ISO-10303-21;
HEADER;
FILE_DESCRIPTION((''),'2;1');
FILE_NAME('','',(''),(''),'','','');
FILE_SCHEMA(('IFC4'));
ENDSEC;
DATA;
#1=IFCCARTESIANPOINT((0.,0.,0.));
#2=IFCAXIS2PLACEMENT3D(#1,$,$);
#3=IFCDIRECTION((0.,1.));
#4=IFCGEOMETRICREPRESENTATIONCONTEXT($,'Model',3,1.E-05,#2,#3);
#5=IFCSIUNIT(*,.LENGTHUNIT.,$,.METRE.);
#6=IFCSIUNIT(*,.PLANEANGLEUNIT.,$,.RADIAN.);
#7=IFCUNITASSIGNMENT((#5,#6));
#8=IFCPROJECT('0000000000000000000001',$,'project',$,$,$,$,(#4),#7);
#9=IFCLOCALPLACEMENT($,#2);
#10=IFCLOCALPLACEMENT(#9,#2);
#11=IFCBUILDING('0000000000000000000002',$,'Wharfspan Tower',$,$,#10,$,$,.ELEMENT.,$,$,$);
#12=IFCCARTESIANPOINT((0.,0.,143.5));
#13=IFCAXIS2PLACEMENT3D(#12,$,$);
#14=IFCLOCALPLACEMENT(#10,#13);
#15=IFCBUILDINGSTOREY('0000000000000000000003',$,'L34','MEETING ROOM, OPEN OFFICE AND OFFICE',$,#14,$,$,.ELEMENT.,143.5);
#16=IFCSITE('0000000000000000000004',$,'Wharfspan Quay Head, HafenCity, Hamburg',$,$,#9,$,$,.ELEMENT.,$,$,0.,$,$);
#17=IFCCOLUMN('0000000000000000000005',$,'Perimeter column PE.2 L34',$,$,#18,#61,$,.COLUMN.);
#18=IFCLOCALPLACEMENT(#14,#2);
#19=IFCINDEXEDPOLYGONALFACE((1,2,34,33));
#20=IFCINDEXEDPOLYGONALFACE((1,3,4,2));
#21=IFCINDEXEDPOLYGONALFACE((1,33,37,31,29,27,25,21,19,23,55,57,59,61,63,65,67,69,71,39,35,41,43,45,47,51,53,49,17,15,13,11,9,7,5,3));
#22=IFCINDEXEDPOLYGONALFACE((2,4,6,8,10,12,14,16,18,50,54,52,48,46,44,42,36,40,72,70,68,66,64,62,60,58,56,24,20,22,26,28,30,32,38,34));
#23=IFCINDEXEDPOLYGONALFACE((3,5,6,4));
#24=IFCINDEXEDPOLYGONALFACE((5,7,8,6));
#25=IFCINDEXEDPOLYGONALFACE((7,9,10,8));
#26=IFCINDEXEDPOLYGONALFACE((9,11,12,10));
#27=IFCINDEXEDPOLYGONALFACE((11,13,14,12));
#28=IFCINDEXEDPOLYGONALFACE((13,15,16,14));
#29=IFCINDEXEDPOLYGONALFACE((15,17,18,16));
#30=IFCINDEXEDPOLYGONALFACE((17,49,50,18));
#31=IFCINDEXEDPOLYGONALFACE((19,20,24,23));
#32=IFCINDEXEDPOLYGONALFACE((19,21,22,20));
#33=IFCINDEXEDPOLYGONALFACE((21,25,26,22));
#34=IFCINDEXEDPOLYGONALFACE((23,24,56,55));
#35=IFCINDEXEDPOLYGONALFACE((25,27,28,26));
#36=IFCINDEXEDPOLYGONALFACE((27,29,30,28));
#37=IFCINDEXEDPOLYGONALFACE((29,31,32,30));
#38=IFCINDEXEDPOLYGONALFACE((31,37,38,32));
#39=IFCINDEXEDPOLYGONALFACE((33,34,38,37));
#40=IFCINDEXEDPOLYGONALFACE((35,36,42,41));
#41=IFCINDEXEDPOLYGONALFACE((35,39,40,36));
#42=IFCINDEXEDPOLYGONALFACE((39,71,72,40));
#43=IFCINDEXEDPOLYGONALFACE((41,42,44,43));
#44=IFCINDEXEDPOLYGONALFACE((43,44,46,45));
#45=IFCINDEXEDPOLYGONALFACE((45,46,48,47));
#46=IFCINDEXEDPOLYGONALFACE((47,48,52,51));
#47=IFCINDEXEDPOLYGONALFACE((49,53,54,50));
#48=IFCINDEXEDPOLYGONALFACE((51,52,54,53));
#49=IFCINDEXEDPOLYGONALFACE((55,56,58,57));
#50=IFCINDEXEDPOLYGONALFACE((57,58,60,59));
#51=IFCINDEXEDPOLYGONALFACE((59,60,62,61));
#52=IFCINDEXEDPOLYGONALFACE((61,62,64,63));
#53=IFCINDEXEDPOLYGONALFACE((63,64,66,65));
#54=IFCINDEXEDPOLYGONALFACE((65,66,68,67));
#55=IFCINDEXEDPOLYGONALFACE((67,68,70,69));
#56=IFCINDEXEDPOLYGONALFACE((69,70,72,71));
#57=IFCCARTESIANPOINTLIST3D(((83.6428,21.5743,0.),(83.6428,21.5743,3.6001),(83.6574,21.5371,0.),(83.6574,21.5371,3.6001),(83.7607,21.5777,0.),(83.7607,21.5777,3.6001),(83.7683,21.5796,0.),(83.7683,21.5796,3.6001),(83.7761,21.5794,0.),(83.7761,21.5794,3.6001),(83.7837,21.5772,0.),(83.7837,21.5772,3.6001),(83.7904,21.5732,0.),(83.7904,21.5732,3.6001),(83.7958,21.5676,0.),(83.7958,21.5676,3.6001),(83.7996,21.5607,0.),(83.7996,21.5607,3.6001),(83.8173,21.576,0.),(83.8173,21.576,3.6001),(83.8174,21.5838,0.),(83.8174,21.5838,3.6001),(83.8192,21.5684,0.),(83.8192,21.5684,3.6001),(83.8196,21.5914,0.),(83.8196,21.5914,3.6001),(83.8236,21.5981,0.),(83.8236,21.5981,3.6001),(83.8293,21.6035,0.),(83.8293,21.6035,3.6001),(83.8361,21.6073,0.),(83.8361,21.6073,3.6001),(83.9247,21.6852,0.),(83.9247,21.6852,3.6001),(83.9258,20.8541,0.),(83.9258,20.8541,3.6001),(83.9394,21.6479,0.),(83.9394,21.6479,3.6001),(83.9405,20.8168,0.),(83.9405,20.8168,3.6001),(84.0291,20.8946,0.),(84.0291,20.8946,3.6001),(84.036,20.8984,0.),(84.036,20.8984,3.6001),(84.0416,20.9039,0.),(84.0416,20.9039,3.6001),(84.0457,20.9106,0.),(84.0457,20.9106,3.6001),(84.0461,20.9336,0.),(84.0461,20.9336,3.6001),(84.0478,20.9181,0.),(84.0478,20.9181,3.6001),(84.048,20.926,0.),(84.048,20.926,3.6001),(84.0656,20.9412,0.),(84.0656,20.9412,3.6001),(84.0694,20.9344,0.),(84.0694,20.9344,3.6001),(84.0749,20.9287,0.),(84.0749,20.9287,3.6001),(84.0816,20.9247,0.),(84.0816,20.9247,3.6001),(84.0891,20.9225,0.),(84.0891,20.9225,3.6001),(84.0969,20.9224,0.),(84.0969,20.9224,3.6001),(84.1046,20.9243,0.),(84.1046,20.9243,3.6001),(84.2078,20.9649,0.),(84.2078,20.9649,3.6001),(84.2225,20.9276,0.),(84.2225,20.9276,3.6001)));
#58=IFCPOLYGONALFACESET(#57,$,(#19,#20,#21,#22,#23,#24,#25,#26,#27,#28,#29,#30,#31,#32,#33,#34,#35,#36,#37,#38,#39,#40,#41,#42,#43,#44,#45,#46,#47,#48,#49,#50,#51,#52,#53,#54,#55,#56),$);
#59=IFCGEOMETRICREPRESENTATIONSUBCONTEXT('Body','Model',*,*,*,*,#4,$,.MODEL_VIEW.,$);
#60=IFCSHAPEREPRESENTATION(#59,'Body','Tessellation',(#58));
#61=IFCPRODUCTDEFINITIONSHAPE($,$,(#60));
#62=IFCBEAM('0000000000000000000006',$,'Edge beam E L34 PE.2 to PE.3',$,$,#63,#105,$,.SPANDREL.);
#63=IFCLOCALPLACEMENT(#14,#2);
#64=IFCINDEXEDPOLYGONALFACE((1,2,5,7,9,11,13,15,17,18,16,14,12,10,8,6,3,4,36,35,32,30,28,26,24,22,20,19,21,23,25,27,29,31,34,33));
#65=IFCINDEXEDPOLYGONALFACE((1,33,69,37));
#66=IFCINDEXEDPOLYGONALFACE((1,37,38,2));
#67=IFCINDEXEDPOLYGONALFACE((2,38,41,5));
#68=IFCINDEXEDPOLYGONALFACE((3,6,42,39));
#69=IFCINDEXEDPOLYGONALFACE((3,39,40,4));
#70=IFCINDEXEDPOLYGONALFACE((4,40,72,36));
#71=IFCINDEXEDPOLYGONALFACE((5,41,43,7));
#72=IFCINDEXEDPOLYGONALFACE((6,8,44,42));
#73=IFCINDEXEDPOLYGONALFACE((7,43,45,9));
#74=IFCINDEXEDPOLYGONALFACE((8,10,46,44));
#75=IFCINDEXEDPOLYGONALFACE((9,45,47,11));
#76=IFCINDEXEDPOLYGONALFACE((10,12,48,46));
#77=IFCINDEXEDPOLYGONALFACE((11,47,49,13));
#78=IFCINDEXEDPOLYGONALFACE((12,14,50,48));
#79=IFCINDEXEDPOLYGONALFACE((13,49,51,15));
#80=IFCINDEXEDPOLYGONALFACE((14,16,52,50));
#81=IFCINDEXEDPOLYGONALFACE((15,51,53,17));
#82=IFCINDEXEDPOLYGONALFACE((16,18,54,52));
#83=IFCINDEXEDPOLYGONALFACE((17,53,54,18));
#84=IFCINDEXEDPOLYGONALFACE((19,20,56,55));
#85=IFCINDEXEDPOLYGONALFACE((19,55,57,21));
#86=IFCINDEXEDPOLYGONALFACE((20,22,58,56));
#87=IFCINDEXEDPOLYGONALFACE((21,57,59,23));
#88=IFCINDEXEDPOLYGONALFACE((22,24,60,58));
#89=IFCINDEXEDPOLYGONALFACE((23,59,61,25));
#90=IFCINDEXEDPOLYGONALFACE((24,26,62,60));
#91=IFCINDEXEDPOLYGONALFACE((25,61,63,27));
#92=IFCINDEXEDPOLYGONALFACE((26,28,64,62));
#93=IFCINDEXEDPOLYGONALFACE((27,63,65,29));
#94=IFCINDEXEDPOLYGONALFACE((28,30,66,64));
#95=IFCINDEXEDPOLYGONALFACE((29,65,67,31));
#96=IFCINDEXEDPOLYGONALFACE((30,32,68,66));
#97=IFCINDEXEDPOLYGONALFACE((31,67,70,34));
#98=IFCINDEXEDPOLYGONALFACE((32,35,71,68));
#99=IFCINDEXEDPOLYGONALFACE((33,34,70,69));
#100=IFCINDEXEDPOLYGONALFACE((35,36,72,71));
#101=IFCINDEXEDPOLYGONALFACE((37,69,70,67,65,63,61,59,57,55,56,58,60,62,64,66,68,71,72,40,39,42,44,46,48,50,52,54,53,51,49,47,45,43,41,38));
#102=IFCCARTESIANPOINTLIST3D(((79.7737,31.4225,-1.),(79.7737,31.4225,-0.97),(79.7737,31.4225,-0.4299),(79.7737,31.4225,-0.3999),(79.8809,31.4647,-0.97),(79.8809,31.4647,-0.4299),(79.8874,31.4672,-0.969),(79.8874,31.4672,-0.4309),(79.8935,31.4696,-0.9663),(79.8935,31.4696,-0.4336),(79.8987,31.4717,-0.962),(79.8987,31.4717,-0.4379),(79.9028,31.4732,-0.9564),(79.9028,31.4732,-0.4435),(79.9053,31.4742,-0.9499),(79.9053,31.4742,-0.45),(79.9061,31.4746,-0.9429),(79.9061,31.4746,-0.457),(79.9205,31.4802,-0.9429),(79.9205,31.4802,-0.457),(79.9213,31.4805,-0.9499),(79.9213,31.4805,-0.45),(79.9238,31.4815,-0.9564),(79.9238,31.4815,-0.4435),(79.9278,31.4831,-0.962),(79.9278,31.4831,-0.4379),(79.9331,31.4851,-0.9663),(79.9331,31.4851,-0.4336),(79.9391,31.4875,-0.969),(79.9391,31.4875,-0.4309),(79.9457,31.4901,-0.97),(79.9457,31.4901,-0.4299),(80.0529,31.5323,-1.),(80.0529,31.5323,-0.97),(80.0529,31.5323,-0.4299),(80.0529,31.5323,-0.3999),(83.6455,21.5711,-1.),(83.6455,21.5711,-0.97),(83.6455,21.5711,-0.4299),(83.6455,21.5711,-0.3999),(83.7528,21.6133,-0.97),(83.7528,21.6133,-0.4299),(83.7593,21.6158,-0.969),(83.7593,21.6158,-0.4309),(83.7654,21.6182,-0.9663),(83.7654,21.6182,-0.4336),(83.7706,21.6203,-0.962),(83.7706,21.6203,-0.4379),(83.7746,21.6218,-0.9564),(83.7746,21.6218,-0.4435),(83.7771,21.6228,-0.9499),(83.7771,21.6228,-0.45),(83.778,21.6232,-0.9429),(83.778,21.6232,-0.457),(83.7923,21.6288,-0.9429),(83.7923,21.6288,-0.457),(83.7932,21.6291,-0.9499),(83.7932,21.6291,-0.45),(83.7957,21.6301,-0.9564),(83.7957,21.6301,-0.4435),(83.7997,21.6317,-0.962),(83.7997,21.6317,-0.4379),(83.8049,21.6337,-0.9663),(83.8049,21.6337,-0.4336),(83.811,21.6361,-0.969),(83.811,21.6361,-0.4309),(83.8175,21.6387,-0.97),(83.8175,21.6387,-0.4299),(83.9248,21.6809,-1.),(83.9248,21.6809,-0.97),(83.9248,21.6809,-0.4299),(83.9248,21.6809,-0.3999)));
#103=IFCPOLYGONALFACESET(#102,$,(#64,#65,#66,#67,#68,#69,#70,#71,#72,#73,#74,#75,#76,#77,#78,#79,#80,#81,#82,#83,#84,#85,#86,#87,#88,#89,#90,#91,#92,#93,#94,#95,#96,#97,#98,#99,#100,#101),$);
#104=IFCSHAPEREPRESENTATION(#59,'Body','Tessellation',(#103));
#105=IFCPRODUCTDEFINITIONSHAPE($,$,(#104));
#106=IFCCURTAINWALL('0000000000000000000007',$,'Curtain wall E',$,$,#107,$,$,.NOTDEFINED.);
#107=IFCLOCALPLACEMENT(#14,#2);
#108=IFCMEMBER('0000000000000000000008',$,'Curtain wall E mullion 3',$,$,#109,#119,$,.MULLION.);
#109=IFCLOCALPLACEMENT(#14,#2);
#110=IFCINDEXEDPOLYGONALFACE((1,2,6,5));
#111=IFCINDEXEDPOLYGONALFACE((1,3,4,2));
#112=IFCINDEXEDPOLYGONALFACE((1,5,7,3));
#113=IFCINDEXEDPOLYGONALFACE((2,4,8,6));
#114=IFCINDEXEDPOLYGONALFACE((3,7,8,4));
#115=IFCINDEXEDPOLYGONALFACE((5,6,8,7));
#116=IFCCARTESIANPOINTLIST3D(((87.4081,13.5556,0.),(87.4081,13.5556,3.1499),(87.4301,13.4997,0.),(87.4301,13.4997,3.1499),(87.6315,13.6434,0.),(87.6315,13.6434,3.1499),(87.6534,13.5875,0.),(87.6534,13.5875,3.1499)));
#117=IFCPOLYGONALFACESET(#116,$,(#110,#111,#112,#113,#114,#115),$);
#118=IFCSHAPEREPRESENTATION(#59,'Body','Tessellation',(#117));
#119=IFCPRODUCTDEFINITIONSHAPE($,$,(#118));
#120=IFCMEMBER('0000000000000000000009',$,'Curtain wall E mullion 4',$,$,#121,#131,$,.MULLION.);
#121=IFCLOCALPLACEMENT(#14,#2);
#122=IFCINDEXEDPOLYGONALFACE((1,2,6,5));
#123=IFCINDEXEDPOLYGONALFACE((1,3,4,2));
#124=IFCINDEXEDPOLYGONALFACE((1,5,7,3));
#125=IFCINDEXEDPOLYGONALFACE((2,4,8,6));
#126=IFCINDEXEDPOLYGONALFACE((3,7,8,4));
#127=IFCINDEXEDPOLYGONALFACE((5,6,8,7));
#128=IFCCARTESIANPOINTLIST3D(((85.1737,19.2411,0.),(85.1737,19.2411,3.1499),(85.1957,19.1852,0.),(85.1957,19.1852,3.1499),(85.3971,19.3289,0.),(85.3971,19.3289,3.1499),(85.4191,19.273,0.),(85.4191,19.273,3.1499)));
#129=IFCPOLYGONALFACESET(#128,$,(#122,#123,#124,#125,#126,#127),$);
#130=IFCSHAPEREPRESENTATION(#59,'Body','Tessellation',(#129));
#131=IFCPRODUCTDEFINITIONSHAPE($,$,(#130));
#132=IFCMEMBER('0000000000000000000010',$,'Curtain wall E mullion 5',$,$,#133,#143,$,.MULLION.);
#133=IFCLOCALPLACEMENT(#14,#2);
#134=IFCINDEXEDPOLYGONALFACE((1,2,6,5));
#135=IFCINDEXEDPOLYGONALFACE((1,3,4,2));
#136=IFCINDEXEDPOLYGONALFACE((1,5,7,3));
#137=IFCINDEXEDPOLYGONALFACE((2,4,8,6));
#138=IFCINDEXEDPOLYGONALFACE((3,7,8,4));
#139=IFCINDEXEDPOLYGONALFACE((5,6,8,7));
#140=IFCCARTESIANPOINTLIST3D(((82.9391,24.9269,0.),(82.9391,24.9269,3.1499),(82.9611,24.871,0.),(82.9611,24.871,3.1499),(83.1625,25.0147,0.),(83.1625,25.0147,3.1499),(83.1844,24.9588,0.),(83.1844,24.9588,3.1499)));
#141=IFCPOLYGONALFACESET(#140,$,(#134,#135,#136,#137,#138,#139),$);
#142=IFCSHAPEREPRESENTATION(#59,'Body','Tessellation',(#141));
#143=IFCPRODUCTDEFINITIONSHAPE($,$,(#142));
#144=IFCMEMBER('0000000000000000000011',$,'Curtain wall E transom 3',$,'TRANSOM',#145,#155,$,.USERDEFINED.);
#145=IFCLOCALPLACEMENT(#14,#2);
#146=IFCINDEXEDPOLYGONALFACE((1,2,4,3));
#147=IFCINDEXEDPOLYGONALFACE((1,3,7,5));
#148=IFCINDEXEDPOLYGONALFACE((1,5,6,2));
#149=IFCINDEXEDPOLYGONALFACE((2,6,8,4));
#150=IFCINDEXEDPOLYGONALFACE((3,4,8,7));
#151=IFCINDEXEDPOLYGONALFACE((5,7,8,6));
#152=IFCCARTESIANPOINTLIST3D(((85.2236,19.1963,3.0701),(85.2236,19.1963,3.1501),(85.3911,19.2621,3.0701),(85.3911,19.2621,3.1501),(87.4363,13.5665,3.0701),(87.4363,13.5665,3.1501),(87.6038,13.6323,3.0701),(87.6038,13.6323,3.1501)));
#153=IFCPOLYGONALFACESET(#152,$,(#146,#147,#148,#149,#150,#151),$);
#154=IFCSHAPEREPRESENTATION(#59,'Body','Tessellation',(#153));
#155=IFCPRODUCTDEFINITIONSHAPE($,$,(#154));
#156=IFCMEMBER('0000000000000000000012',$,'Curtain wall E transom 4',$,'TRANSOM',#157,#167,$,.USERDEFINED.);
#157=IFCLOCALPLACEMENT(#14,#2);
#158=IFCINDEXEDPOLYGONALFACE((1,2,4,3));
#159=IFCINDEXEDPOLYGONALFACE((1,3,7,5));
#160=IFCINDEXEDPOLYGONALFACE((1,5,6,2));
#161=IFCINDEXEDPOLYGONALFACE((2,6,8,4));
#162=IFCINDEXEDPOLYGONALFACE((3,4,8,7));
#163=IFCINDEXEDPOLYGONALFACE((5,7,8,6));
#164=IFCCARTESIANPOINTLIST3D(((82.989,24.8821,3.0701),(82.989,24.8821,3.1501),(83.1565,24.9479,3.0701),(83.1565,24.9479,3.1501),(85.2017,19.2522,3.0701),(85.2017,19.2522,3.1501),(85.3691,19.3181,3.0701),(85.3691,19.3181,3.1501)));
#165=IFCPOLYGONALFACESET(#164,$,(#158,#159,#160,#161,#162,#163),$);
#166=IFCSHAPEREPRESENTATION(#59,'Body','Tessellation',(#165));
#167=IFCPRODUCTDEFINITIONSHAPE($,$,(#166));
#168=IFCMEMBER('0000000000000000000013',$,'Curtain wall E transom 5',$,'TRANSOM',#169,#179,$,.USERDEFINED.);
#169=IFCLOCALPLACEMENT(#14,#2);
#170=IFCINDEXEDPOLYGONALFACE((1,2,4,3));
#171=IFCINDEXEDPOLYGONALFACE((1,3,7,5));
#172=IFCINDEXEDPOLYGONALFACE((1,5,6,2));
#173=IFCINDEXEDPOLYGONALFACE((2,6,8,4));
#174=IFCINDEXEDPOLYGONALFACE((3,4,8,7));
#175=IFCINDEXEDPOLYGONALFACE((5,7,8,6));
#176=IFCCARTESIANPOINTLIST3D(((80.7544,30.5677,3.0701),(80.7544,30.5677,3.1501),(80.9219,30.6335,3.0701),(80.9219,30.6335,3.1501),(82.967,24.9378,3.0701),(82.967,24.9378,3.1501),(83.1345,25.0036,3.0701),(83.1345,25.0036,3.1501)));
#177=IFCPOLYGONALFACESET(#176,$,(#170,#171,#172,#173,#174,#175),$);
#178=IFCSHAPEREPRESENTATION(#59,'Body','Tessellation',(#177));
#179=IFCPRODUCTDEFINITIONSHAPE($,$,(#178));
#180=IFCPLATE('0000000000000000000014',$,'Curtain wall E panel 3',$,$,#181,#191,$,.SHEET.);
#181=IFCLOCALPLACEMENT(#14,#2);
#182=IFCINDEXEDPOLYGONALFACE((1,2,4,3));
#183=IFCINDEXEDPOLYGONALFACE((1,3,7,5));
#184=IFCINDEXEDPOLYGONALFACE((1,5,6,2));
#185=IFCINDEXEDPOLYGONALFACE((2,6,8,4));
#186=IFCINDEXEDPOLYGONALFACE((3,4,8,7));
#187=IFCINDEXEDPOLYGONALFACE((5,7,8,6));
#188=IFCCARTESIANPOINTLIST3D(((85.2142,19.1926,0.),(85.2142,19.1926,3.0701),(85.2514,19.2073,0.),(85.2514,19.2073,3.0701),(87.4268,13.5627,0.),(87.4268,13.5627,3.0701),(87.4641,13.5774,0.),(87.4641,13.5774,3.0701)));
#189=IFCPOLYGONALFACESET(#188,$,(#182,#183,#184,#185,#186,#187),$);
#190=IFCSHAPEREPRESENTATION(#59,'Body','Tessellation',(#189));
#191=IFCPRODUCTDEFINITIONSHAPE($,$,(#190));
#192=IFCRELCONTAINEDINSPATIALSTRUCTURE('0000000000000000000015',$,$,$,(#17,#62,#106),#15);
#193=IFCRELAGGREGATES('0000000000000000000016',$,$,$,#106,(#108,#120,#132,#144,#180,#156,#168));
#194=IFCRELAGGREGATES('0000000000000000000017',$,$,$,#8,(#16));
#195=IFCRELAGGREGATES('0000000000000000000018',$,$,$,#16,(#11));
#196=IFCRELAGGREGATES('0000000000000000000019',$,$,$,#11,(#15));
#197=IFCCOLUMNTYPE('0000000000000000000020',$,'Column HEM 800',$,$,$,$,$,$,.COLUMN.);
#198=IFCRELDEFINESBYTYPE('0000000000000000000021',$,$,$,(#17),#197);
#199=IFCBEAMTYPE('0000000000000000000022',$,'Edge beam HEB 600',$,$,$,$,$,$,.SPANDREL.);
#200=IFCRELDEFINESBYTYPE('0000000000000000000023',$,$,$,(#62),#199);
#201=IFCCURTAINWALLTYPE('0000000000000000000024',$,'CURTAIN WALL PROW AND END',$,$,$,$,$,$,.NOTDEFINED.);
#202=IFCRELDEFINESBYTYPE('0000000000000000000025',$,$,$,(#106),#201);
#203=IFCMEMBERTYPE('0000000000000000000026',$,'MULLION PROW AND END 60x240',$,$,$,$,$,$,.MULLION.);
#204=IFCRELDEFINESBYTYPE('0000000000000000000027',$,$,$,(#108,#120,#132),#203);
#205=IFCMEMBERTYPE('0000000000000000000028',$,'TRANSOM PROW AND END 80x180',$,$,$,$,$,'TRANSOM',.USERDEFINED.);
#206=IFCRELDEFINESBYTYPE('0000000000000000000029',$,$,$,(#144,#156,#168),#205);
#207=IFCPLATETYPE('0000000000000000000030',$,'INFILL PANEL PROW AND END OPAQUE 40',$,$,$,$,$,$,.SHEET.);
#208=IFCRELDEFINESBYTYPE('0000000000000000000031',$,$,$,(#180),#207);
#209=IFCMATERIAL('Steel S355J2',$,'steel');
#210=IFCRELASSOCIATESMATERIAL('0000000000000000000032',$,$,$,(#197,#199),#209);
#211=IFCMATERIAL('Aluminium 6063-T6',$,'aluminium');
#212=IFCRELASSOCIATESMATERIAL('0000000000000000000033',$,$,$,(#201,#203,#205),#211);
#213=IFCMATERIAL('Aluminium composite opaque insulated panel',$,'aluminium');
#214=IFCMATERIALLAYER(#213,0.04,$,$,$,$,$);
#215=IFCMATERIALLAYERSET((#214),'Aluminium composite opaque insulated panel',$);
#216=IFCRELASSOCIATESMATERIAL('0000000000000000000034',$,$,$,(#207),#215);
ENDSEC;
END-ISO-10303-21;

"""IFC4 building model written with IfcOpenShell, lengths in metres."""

from ifc_helpers import new_model, si_unit, direction, frame, origin, origin_2d, place, context, subcontext, project, spatial, rectangle, i_section, extrude, material, layer, layer_set, material_profile, profile_set, type_object, element, aggregate, save


model = new_model("IFC4")

# Units and contexts
model_context = context("Model", 3, precision=1e-05, world=origin(), true_north=direction((0.0, 1.0)))
body_context = subcontext(model_context, "Body", "Model", "MODEL_VIEW")
ifc_project = project(units=[si_unit("LENGTHUNIT", "METRE"), si_unit("PLANEANGLEUNIT", "RADIAN")], contexts=[model_context])

# Site, building, storey
site_placement = place(None, origin())
site = spatial("IfcSite", under=ifc_project, at=site_placement, Name="Wharfspan Quay Head, HafenCity, Hamburg", CompositionType="ELEMENT", RefElevation=0.0)
building_placement = place(site_placement, origin())
building = spatial("IfcBuilding", under=site, at=building_placement, Name="Wharfspan Tower", CompositionType="ELEMENT")
storey_placement = place(building_placement, frame((0.0, 0.0, 143.5)))
storey = spatial("IfcBuildingStorey", under=building, at=storey_placement, Name="L34", Description="MEETING ROOM, OPEN OFFICE AND OFFICE", CompositionType="ELEMENT", Elevation=143.5)

# Column
ifc_material_1 = material(Name="Steel S355J2", Category="steel")
ifc_material_profile_1 = material_profile(ifc_material_1, i_section(OverallWidth=0.303, OverallDepth=0.814, WebThickness=0.021, FlangeThickness=0.04, FilletRadius=0.03, at=origin_2d()))
ifc_profile_set_1 = profile_set([ifc_material_profile_1], Name="Steel S355J2")
column_type = type_object("IfcColumnType", Name="Column HEM 800", PredefinedType="COLUMN", material=ifc_profile_set_1)
column_placement = place(storey_placement, frame((83.9326, 21.251, 0.0), z_axis=(0.0, 0.0, 1.0), x_axis=(0.930702, 0.365778, 0.0)))
element("IfcColumn", 1, at=column_placement, inside=storey, type_object=column_type, Name="Perimeter column PE.2 L34", PredefinedType="COLUMN", context=body_context, shape_type="SweptSolid", body=[
    extrude(i_section(OverallWidth=0.303, OverallDepth=0.814, WebThickness=0.021, FlangeThickness=0.04, FilletRadius=0.03, at=origin_2d()), origin(), (0.0, 0.0, 1.0), 3.6001),
])

# Beam
ifc_material_profile_2 = material_profile(ifc_material_1, i_section(OverallWidth=0.3, OverallDepth=0.6001, WebThickness=0.0154, FlangeThickness=0.03, FilletRadius=0.0271, at=origin_2d()))
ifc_profile_set_2 = profile_set([ifc_material_profile_2], Name="Steel S355J2")
beam_type = type_object("IfcBeamType", Name="Edge beam HEB 600", PredefinedType="SPANDREL", material=ifc_profile_set_2)
beam_placement = place(storey_placement, frame((83.7852, 21.626, -0.7), z_axis=(-0.365789, 0.930698, 0.0), x_axis=(-0.930698, -0.365789, 0.0)))
element("IfcBeam", 2, at=beam_placement, inside=storey, type_object=beam_type, Name="Edge beam E L34 PE.2 to PE.3", PredefinedType="SPANDREL", context=body_context, shape_type="SweptSolid", body=[
    extrude(i_section(OverallWidth=0.3, OverallDepth=0.6001, WebThickness=0.0154, FlangeThickness=0.03, FilletRadius=0.0271, at=origin_2d()), origin(), (0.0, 0.0, 1.0), 10.585),
])

# Curtain wall, members, plate
ifc_material_2 = material(Name="Aluminium 6063-T6", Category="aluminium")
curtain_wall_type = type_object("IfcCurtainWallType", Name="CURTAIN WALL PROW AND END", PredefinedType="NOTDEFINED", material=ifc_material_2)
curtain_wall_placement = place(storey_placement, origin())
curtain_wall = element("IfcCurtainWall", 3, at=curtain_wall_placement, inside=storey, type_object=curtain_wall_type, Name="Curtain wall E", PredefinedType="NOTDEFINED")
ifc_material_profile_3 = material_profile(ifc_material_2, rectangle(XDim=0.24, YDim=0.0601, at=origin_2d()))
ifc_profile_set_3 = profile_set([ifc_material_profile_3], Name="Aluminium 6063-T6")
member_type_1 = type_object("IfcMemberType", Name="MULLION PROW AND END 60x240", PredefinedType="MULLION", material=ifc_profile_set_3)
member_1_placement = place(storey_placement, frame((87.5308, 13.5715, 0.0), z_axis=(0.0, 0.0, 1.0), x_axis=(-0.930702, -0.365778, 0.0)))
member_1 = element("IfcMember", 4, at=member_1_placement, type_object=member_type_1, Name="Curtain wall E mullion 3", PredefinedType="MULLION", context=body_context, shape_type="SweptSolid", body=[
    extrude(rectangle(XDim=0.24, YDim=0.0601, at=origin_2d()), origin(), (0.0, 0.0, 1.0), 3.1499),
])
member_2_placement = place(storey_placement, frame((85.2964, 19.2571, 0.0), z_axis=(0.0, 0.0, 1.0), x_axis=(-0.930702, -0.365778, 0.0)))
member_2 = element("IfcMember", 5, at=member_2_placement, type_object=member_type_1, Name="Curtain wall E mullion 4", PredefinedType="MULLION", context=body_context, shape_type="SweptSolid", body=[
    extrude(rectangle(XDim=0.24, YDim=0.0601, at=origin_2d()), origin(), (0.0, 0.0, 1.0), 3.1499),
])
member_3_placement = place(storey_placement, frame((83.0618, 24.9429, 0.0), z_axis=(0.0, 0.0, 1.0), x_axis=(-0.930702, -0.365778, 0.0)))
member_3 = element("IfcMember", 6, at=member_3_placement, type_object=member_type_1, Name="Curtain wall E mullion 5", PredefinedType="MULLION", context=body_context, shape_type="SweptSolid", body=[
    extrude(rectangle(XDim=0.24, YDim=0.0601, at=origin_2d()), origin(), (0.0, 0.0, 1.0), 3.1499),
])
ifc_material_profile_4 = material_profile(ifc_material_2, rectangle(XDim=0.1799, YDim=0.0801, at=origin_2d()))
ifc_profile_set_4 = profile_set([ifc_material_profile_4], Name="Aluminium 6063-T6")
member_type_2 = type_object("IfcMemberType", Name="TRANSOM PROW AND END 80x180", ElementType="TRANSOM", PredefinedType="USERDEFINED", material=ifc_profile_set_4)
member_4_placement = place(storey_placement, frame((87.52, 13.5994, 3.1101), z_axis=(-0.365782, 0.9307, 0.0), x_axis=(-0.9307, -0.365782, 0.0)))
member_4 = element("IfcMember", 7, at=member_4_placement, type_object=member_type_2, Name="Curtain wall E transom 3", ObjectType="TRANSOM", PredefinedType="USERDEFINED", context=body_context, shape_type="SweptSolid", body=[
    extrude(rectangle(XDim=0.1799, YDim=0.0801, at=origin_2d()), origin(), (0.0, 0.0, 1.0), 6.0491),
])
member_5_placement = place(storey_placement, frame((85.2854, 19.2852, 3.1101), z_axis=(-0.365782, 0.9307, 0.0), x_axis=(-0.9307, -0.365782, 0.0)))
member_5 = element("IfcMember", 8, at=member_5_placement, type_object=member_type_2, Name="Curtain wall E transom 4", ObjectType="TRANSOM", PredefinedType="USERDEFINED", context=body_context, shape_type="SweptSolid", body=[
    extrude(rectangle(XDim=0.1799, YDim=0.0801, at=origin_2d()), origin(), (0.0, 0.0, 1.0), 6.0491),
])
member_6_placement = place(storey_placement, frame((83.0508, 24.9707, 3.1101), z_axis=(-0.365782, 0.9307, 0.0), x_axis=(-0.9307, -0.365782, 0.0)))
member_6 = element("IfcMember", 9, at=member_6_placement, type_object=member_type_2, Name="Curtain wall E transom 5", ObjectType="TRANSOM", PredefinedType="USERDEFINED", context=body_context, shape_type="SweptSolid", body=[
    extrude(rectangle(XDim=0.1799, YDim=0.0801, at=origin_2d()), origin(), (0.0, 0.0, 1.0), 6.0491),
])
ifc_material_3 = material(Name="Aluminium composite opaque insulated panel", Category="aluminium")
ifc_layer_1 = layer(ifc_material_3, 0.04)
ifc_layer_set_1 = layer_set([ifc_layer_1], Name="Aluminium composite opaque insulated panel")
plate_type = type_object("IfcPlateType", Name="INFILL PANEL PROW AND END OPAQUE 40", PredefinedType="SHEET", material=ifc_layer_set_1)
plate_1_placement = place(storey_placement, frame((86.3391, 16.385, 0.0), z_axis=(0.0, 0.0, 1.0), x_axis=(-0.365778, 0.930702, 0.0)))
plate_1 = element("IfcPlate", 10, at=plate_1_placement, type_object=plate_type, Name="Curtain wall E panel 3", PredefinedType="SHEET", context=body_context, shape_type="SweptSolid", body=[
    extrude(rectangle(XDim=6.0491, YDim=0.04, at=origin_2d()), origin(), (0.0, 0.0, 1.0), 3.0701),
])
aggregate(curtain_wall, [member_1, member_2, member_3, member_4, plate_1, member_5, member_6])

save(model, "model.ifc")
